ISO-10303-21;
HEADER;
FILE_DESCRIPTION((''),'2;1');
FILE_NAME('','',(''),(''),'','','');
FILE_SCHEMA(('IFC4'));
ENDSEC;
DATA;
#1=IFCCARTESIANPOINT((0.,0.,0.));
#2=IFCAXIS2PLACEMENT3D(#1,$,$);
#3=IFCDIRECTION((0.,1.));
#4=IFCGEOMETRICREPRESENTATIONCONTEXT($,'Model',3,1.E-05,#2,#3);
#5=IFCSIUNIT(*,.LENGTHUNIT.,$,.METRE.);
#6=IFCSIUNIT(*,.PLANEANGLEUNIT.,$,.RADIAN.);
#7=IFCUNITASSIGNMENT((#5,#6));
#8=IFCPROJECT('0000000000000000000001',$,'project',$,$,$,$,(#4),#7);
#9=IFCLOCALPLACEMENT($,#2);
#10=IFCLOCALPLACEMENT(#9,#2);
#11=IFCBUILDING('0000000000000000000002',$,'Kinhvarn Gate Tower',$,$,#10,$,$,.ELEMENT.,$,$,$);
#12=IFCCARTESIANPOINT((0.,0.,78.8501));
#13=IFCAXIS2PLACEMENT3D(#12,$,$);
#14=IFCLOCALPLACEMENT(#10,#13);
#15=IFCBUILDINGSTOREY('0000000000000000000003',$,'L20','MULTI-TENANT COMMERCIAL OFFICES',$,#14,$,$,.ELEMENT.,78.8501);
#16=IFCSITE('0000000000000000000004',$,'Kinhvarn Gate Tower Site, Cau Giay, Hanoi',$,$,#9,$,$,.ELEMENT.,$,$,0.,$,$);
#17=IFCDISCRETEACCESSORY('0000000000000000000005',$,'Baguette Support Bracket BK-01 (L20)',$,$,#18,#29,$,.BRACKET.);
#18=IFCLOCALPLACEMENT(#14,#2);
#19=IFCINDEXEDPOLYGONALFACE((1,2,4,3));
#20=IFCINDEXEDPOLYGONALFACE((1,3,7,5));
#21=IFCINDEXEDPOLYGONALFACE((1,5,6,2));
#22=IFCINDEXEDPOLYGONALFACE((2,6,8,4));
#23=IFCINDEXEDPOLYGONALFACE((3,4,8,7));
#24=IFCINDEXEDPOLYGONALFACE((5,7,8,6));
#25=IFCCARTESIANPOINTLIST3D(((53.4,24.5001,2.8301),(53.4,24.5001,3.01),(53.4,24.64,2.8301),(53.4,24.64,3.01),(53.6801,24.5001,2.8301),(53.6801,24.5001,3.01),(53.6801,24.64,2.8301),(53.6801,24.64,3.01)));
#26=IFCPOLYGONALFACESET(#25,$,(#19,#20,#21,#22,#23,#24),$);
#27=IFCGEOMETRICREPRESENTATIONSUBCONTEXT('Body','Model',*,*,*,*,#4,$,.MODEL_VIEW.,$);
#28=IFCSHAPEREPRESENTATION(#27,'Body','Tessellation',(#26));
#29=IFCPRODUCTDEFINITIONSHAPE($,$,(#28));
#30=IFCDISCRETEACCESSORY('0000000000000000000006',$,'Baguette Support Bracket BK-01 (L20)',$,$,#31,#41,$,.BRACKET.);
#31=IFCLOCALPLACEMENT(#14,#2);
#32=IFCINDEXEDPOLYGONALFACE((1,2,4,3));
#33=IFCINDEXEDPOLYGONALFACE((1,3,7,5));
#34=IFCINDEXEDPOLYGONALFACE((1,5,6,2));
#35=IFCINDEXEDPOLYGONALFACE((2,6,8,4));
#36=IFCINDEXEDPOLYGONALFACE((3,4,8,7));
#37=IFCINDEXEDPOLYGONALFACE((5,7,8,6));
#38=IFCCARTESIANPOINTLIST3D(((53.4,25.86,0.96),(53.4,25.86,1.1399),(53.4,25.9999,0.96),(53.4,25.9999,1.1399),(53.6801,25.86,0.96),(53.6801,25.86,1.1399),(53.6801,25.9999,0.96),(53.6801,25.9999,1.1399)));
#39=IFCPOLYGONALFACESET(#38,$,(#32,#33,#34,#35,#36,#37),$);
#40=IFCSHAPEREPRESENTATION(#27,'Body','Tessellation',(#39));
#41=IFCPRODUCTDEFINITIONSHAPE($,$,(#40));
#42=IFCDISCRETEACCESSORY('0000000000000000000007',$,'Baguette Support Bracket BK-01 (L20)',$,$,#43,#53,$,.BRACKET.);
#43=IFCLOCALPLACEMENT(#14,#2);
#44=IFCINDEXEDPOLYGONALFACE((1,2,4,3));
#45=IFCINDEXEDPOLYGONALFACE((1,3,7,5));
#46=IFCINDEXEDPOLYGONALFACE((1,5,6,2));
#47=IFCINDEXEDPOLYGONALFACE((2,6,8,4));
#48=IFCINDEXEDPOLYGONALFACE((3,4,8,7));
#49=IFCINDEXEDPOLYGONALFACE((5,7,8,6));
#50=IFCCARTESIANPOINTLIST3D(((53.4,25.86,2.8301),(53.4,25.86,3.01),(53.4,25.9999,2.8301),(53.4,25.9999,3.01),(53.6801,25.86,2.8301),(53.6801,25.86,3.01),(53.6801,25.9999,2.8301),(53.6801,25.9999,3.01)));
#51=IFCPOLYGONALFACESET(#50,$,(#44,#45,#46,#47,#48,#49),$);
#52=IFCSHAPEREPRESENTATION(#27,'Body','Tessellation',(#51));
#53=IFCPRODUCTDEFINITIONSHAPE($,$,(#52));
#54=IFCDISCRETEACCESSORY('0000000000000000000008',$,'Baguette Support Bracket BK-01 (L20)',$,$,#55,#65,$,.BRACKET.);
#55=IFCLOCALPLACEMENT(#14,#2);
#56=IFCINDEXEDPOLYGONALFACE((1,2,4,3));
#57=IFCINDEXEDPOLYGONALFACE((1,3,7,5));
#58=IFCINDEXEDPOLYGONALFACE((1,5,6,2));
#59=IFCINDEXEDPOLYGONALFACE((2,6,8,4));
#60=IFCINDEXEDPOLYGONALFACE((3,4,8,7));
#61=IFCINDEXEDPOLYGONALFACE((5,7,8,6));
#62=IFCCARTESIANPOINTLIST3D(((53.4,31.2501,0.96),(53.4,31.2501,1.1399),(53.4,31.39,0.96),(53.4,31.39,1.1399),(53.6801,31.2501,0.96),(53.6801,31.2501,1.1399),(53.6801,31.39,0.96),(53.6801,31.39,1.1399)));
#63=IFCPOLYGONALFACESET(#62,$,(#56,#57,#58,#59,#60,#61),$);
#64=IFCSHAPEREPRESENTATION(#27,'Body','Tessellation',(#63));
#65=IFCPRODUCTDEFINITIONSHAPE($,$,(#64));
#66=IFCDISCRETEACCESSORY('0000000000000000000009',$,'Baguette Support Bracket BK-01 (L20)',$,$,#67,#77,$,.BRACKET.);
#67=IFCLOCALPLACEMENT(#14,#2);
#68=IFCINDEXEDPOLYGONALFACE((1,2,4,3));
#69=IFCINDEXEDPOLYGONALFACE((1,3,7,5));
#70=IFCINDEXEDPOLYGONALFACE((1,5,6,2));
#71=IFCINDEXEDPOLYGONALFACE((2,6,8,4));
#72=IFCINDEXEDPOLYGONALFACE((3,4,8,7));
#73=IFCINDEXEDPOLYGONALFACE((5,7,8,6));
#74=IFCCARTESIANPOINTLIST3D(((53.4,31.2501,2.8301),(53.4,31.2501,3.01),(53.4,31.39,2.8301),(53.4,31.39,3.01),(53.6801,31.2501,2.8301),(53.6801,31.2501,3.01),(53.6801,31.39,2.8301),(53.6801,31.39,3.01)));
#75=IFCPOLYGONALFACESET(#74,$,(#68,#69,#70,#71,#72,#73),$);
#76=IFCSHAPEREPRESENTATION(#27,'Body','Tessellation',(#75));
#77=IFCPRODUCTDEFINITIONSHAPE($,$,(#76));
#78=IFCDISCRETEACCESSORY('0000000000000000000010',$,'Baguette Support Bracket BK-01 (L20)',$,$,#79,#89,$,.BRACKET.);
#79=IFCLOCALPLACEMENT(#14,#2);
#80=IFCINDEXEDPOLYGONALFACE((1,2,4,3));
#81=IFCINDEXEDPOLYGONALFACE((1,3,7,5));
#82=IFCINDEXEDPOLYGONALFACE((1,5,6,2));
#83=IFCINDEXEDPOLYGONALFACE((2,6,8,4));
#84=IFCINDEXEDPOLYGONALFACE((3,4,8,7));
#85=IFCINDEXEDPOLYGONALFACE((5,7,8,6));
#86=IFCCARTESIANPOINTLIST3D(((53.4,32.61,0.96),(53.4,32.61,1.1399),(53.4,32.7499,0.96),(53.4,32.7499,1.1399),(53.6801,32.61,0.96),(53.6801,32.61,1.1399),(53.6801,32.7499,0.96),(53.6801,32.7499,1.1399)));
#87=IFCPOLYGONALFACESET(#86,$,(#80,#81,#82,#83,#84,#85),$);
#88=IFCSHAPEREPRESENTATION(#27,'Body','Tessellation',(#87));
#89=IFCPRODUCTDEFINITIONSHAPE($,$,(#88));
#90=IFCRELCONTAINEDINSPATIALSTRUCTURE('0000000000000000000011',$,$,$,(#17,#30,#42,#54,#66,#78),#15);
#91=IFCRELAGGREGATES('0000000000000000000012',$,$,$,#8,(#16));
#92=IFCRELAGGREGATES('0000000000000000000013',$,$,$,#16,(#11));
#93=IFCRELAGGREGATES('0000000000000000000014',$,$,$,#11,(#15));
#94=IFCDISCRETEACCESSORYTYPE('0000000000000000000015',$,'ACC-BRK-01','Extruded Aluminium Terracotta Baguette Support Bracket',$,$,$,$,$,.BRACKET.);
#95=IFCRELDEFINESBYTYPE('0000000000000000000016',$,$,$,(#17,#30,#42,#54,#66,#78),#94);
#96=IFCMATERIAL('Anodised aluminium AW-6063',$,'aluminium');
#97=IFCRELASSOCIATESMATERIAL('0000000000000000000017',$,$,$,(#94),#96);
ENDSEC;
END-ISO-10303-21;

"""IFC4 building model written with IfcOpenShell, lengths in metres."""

from ifc_helpers import new_model, si_unit, direction, frame, origin, origin_2d, place, context, subcontext, project, spatial, rectangle, extrude, material, type_object, element, save


model = new_model("IFC4")

# Units and contexts
model_context = context("Model", 3, precision=1e-05, world=origin(), true_north=direction((0.0, 1.0)))
body_context = subcontext(model_context, "Body", "Model", "MODEL_VIEW")
ifc_project = project(units=[si_unit("LENGTHUNIT", "METRE"), si_unit("PLANEANGLEUNIT", "RADIAN")], contexts=[model_context])

# Site, building, storey
site_placement = place(None, origin())
site = spatial("IfcSite", under=ifc_project, at=site_placement, Name="Kinhvarn Gate Tower Site, Cau Giay, Hanoi", CompositionType="ELEMENT", RefElevation=0.0)
building_placement = place(site_placement, origin())
building = spatial("IfcBuilding", under=site, at=building_placement, Name="Kinhvarn Gate Tower", CompositionType="ELEMENT")
storey_placement = place(building_placement, frame((0.0, 0.0, 78.8501)))
storey = spatial("IfcBuildingStorey", under=building, at=storey_placement, Name="L20", Description="MULTI-TENANT COMMERCIAL OFFICES", CompositionType="ELEMENT", Elevation=78.8501)

# Shared definitions
ifc_material_1 = material(Name="Anodised aluminium AW-6063", Category="aluminium")

# Discrete accessories
discrete_accessory_type = type_object("IfcDiscreteAccessoryType", Name="ACC-BRK-01", Description="Extruded Aluminium Terracotta Baguette Support Bracket", PredefinedType="BRACKET", material=ifc_material_1)
for number, where, z_axis, x_axis, name in (
    (1, (53.54, 24.5701, 2.8301), (0.0, 0.0, 1.0), (0.0, 1.0, 0.0), "Baguette Support Bracket BK-01 (L20)"),
    (2, (53.54, 25.9299, 0.96), (0.0, 0.0, 1.0), (0.0, 1.0, 0.0), "Baguette Support Bracket BK-01 (L20)"),
    (3, (53.54, 25.9299, 2.8301), (0.0, 0.0, 1.0), (0.0, 1.0, 0.0), "Baguette Support Bracket BK-01 (L20)"),
    (4, (53.54, 31.3201, 0.96), (0.0, 0.0, 1.0), (0.0, 1.0, 0.0), "Baguette Support Bracket BK-01 (L20)"),
    (5, (53.54, 31.3201, 2.8301), (0.0, 0.0, 1.0), (0.0, 1.0, 0.0), "Baguette Support Bracket BK-01 (L20)"),
    (6, (53.54, 32.6799, 0.96), (0.0, 0.0, 1.0), (0.0, 1.0, 0.0), "Baguette Support Bracket BK-01 (L20)"),
):
    element("IfcDiscreteAccessory", number, at=place(storey_placement, frame(where, z_axis=z_axis, x_axis=x_axis)), inside=storey, type_object=discrete_accessory_type, Name=name, PredefinedType="BRACKET", context=body_context, shape_type="SweptSolid", body=[
        extrude(rectangle(XDim=0.1399, YDim=0.28, at=origin_2d()), origin(), (0.0, 0.0, 1.0), 0.1799),
    ])

save(model, "model.ifc")
